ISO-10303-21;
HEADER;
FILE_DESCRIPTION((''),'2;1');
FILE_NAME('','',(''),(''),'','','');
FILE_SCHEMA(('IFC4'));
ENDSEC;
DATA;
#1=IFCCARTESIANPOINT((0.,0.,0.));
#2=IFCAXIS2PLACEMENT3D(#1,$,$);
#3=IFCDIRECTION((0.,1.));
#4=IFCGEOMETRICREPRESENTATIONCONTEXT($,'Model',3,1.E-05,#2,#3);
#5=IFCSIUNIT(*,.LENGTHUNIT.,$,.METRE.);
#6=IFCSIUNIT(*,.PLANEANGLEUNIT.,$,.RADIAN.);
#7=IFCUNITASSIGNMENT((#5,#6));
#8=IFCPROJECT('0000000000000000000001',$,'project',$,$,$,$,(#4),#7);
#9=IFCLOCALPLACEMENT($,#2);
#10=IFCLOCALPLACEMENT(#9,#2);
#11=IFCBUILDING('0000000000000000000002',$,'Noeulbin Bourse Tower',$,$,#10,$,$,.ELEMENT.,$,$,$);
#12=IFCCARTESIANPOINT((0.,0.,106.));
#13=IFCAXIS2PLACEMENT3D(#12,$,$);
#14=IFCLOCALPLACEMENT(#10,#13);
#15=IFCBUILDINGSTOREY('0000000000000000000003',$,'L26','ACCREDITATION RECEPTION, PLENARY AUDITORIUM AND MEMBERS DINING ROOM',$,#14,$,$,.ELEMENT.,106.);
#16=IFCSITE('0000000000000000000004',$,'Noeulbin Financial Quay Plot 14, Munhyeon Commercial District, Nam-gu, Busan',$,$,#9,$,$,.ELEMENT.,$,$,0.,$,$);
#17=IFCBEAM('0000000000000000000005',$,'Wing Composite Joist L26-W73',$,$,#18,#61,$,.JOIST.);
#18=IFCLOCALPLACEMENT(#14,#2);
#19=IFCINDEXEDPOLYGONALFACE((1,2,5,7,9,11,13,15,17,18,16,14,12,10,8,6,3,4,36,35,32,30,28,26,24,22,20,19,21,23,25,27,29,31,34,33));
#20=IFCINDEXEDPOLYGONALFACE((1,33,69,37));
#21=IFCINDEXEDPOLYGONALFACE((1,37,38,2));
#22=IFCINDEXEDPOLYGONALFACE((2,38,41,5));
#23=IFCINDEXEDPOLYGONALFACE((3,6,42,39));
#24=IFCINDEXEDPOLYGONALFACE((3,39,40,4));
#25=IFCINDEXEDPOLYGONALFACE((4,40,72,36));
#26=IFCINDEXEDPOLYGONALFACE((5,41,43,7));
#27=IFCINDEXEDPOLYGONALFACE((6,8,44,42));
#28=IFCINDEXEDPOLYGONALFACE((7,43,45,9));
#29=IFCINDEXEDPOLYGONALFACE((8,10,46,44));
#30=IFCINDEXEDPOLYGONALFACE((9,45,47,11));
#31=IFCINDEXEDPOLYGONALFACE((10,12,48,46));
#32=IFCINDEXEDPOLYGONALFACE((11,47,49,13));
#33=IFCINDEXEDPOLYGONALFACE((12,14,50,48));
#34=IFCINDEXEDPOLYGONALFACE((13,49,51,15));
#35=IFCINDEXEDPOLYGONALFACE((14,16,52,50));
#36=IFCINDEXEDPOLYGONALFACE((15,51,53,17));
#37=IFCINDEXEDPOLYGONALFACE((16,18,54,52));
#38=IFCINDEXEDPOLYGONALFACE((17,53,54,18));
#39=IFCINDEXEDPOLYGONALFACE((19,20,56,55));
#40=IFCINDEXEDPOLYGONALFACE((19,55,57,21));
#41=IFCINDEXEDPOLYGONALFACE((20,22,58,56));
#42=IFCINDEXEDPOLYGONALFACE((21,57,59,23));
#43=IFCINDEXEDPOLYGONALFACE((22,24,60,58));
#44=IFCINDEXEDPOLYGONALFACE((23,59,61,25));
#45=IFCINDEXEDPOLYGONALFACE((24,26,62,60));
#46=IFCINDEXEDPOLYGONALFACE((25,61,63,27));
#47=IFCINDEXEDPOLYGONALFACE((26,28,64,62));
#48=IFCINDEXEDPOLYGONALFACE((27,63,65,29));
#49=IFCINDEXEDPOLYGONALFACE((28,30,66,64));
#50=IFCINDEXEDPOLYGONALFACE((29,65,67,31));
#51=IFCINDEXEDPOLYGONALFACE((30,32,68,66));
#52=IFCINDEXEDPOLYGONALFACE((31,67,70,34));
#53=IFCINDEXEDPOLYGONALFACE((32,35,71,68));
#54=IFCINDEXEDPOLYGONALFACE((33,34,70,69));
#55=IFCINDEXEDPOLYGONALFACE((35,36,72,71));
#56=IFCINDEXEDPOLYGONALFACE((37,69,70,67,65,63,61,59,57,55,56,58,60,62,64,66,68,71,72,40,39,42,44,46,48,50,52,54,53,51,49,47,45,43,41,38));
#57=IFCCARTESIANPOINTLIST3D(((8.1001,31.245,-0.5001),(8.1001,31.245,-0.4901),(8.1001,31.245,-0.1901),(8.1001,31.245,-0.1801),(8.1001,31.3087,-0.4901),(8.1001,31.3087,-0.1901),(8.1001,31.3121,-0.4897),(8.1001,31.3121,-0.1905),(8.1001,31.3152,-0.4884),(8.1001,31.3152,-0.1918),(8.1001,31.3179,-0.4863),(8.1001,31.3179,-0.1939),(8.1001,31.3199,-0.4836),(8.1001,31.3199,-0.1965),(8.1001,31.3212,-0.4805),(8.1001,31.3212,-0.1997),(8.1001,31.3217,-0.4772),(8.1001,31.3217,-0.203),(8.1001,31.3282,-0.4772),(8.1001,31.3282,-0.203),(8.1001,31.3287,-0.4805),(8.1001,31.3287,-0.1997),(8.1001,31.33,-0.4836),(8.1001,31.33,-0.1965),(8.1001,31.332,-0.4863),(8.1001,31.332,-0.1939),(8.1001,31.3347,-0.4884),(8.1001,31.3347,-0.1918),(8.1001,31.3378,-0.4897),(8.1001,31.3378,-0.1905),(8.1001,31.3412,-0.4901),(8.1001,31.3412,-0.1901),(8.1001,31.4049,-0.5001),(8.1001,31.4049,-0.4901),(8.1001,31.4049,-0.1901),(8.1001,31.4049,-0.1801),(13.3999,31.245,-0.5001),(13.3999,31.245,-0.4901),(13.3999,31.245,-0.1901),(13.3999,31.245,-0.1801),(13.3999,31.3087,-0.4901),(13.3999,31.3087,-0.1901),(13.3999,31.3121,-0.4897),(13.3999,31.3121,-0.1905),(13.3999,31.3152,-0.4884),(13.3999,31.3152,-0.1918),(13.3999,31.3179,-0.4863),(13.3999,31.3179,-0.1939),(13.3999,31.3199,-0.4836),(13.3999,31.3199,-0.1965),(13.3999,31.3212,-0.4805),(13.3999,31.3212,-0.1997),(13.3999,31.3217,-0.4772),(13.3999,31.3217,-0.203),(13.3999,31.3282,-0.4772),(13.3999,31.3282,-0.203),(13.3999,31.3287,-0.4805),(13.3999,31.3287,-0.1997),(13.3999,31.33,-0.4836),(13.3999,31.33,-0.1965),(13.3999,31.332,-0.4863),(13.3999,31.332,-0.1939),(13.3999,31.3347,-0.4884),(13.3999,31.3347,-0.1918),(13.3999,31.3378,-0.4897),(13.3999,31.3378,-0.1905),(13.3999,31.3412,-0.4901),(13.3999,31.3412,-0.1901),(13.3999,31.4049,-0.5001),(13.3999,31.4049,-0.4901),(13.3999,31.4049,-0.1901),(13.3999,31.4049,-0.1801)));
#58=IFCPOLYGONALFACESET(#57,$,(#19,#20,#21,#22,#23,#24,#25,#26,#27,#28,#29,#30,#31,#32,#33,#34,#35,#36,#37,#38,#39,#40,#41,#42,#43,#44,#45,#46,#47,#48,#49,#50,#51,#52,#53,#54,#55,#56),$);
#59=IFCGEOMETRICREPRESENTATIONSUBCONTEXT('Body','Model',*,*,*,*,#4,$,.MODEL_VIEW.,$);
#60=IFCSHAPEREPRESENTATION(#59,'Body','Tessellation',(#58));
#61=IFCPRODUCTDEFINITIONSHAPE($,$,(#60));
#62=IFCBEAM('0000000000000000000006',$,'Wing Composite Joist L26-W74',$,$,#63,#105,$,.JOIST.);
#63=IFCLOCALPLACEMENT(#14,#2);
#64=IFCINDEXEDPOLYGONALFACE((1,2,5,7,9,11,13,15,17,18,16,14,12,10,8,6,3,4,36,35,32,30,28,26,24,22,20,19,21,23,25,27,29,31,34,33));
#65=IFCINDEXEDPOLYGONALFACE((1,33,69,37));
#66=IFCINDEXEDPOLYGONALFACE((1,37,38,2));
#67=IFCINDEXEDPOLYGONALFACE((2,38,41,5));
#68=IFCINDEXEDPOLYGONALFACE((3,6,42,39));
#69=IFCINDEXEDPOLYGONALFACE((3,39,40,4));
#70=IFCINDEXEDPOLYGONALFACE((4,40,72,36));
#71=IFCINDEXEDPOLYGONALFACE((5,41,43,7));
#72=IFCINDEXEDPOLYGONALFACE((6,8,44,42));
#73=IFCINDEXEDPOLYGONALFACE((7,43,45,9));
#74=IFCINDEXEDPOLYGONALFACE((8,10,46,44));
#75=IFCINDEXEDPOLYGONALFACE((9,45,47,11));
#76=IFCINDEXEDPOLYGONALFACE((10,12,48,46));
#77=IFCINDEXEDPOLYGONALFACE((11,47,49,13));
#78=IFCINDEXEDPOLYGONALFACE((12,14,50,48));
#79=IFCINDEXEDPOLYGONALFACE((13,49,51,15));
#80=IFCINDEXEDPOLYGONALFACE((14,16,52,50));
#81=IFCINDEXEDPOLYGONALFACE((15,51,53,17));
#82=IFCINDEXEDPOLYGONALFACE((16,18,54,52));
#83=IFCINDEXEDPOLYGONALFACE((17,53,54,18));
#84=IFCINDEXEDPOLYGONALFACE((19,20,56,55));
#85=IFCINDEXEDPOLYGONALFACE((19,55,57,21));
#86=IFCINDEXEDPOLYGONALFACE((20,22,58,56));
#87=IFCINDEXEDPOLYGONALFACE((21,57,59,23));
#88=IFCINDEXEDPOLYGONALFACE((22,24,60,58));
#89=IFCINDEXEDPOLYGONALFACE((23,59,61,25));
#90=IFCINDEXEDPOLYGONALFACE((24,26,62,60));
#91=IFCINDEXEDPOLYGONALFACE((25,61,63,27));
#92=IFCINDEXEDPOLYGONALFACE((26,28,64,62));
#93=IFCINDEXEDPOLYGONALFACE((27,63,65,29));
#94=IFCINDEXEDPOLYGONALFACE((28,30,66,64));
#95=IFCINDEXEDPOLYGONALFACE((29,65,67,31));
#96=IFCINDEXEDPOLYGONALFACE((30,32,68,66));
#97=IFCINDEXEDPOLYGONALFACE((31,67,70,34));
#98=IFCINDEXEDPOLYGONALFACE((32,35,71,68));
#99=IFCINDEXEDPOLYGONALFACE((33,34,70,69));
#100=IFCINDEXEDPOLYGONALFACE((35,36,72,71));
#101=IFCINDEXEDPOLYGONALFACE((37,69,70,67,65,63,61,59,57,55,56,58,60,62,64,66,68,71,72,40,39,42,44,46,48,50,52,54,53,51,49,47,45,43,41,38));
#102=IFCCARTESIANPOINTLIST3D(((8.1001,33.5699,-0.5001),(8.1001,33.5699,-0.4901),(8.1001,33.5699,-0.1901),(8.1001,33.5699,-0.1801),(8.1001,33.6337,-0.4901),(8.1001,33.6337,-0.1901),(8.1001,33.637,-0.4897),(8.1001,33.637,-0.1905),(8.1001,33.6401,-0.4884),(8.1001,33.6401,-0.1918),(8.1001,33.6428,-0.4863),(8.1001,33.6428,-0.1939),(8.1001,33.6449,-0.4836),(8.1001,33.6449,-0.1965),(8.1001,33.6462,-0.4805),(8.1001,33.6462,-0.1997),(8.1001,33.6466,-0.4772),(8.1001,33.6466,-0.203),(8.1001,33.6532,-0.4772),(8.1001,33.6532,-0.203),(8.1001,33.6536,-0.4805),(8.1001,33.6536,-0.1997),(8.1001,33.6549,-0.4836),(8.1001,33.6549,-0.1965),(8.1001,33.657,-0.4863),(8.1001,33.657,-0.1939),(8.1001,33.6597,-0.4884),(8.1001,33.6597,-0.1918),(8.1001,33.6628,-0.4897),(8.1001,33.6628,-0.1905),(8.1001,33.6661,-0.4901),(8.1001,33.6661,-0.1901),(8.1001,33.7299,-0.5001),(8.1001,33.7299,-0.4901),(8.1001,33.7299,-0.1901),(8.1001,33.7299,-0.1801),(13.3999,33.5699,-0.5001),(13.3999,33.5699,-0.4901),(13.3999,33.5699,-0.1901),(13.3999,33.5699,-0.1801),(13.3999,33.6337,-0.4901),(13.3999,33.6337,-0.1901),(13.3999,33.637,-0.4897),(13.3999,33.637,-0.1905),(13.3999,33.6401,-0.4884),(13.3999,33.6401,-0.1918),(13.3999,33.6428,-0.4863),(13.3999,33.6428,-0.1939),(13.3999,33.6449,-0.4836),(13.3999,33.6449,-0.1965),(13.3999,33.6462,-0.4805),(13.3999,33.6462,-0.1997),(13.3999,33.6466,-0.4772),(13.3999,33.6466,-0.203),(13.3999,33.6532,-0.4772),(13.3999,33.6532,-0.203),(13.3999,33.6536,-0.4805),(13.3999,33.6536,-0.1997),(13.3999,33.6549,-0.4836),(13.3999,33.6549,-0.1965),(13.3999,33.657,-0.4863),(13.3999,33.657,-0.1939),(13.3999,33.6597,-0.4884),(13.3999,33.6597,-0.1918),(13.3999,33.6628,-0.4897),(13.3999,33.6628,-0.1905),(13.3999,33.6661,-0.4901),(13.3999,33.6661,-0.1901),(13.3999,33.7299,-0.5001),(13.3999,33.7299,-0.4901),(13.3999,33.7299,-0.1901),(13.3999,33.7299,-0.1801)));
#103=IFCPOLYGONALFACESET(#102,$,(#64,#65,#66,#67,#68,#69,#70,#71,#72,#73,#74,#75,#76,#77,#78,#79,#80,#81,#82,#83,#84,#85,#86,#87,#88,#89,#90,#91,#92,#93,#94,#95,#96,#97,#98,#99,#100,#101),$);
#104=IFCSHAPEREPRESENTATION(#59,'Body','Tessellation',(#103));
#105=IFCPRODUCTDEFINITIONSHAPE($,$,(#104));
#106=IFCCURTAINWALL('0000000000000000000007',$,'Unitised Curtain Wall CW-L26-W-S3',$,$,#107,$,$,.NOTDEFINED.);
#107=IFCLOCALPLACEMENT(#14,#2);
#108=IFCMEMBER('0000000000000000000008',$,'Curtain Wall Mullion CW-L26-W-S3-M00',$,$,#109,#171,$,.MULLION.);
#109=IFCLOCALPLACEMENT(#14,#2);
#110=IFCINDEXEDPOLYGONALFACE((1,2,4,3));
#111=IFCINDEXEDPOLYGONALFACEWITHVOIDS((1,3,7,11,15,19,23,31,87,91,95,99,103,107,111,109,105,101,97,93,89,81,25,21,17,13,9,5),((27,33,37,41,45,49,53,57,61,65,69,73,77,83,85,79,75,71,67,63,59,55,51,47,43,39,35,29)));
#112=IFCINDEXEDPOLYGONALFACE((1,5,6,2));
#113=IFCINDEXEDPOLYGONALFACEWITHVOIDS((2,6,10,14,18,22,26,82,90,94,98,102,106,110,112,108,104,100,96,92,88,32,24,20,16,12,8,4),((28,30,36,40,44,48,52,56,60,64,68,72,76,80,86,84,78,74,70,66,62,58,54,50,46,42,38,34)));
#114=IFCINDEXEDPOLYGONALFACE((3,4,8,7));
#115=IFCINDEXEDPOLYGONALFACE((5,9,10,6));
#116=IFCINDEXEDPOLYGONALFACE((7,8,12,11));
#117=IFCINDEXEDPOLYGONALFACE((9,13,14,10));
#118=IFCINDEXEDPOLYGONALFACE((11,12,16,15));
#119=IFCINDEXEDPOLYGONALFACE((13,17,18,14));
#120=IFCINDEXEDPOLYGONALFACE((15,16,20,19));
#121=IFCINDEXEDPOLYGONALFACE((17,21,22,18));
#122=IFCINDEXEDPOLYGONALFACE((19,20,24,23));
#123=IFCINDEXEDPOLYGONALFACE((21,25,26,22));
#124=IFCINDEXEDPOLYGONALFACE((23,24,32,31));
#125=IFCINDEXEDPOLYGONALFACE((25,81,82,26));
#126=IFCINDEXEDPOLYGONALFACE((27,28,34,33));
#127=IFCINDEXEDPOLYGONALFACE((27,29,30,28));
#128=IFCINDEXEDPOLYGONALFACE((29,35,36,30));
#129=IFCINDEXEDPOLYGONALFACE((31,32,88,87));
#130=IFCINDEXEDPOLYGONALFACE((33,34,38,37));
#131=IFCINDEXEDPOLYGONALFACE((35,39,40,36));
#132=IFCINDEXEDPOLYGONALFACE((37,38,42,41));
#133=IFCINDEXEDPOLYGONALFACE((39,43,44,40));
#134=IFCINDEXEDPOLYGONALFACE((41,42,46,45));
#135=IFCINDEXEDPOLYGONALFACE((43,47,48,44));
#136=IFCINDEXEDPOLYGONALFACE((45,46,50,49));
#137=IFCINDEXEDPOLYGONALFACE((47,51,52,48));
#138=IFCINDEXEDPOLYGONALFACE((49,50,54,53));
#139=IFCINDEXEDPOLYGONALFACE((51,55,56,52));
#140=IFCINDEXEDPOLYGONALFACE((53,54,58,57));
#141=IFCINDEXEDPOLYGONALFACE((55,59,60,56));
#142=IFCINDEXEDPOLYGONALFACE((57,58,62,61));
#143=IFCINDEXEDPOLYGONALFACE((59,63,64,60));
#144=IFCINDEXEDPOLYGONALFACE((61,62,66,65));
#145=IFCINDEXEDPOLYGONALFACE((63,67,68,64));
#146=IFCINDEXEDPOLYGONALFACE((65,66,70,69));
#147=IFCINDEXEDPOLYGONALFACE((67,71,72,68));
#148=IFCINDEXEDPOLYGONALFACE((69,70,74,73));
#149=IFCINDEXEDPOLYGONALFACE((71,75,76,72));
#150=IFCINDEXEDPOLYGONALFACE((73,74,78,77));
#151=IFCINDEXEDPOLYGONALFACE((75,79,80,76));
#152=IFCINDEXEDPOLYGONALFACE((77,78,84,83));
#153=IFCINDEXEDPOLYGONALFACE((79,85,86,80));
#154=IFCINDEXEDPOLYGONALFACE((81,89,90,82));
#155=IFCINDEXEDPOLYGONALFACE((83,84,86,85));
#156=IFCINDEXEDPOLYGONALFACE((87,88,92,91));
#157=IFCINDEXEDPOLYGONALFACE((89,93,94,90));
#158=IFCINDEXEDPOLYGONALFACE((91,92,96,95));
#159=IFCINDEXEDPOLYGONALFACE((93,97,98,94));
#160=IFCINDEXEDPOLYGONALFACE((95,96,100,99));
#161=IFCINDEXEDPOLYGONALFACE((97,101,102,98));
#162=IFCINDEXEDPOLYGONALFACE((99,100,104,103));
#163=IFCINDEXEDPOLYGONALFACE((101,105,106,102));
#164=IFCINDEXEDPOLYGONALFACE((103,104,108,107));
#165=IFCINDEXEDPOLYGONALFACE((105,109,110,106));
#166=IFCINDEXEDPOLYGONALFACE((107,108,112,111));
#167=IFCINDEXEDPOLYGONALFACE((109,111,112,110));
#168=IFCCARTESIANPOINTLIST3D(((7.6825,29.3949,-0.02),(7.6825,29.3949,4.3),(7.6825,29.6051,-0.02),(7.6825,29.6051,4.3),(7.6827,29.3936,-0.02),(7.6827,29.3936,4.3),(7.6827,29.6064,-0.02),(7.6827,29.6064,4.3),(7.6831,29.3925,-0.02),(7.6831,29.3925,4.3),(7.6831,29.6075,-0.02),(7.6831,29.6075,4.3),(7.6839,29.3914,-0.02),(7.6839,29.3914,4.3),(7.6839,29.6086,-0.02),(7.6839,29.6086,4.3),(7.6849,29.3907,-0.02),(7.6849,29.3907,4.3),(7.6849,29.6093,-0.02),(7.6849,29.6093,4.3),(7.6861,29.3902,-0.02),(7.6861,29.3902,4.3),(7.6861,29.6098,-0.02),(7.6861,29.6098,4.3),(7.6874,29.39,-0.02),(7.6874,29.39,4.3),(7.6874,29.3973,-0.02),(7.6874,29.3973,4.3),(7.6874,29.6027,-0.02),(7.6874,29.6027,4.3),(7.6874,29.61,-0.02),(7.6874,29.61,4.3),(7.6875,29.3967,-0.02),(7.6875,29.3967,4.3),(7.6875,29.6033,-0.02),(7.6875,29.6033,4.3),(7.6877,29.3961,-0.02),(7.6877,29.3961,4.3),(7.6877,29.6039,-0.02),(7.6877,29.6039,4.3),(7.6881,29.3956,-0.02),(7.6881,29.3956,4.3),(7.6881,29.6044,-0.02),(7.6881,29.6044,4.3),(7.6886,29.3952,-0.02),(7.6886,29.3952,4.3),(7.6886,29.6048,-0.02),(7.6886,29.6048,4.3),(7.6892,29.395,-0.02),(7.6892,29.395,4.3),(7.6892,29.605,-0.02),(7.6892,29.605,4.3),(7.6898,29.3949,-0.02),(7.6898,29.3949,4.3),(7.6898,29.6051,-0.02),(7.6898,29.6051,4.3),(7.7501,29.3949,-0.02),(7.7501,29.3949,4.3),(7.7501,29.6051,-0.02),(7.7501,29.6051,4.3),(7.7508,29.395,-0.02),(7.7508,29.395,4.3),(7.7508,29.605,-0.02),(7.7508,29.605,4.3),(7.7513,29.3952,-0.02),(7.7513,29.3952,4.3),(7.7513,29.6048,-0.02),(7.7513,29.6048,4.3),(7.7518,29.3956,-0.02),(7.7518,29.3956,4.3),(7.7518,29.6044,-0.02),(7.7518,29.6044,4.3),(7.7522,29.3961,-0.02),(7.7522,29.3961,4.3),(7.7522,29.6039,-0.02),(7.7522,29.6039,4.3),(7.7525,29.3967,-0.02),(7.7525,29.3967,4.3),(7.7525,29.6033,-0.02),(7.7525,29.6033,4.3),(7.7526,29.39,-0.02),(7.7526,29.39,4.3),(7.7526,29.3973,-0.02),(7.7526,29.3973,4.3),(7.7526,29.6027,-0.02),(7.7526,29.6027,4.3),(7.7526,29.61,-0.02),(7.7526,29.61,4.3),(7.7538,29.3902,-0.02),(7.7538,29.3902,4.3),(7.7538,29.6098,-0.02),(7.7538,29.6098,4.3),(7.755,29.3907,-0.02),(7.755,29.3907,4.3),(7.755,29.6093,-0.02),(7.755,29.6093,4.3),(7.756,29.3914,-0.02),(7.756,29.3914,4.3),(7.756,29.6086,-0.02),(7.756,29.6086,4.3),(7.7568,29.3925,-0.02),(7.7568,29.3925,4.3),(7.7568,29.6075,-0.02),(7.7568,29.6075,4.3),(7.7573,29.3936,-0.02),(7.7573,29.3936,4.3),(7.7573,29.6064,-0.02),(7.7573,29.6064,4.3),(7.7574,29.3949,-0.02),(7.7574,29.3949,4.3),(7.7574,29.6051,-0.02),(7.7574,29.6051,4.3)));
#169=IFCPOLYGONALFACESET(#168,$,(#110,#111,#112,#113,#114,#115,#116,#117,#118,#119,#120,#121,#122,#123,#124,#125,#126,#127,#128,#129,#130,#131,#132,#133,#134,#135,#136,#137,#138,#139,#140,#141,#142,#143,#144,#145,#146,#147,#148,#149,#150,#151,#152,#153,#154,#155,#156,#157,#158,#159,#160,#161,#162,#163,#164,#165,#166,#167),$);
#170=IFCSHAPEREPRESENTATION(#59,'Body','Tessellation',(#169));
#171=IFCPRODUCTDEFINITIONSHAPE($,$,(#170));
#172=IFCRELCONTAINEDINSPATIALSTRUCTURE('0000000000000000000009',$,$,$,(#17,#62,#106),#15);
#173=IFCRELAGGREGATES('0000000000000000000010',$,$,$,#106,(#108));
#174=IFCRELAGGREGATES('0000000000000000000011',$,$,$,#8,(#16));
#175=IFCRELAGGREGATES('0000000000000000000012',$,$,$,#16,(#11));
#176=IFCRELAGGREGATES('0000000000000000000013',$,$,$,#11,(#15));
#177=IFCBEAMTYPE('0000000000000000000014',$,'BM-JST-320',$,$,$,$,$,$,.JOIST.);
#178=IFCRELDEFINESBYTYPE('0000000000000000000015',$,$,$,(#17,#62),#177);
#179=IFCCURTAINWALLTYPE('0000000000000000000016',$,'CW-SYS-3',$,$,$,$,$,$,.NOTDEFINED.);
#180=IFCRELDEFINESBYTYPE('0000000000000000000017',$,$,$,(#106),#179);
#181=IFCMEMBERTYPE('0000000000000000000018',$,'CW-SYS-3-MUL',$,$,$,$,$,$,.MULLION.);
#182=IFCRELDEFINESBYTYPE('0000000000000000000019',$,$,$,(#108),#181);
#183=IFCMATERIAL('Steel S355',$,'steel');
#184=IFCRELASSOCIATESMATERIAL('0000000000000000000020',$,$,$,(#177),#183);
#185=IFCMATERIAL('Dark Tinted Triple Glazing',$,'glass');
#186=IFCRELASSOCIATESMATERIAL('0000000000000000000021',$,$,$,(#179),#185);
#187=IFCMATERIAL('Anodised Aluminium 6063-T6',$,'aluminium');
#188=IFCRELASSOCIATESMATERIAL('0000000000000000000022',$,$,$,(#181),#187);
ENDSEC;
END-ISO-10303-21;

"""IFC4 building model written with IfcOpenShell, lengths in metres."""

from ifc_helpers import new_model, si_unit, direction, frame, origin, origin_2d, place, context, subcontext, project, spatial, hollow_rectangle, i_section, extrude, material, material_profile, profile_set, type_object, element, aggregate, save


model = new_model("IFC4")

# Units and contexts
model_context = context("Model", 3, precision=1e-05, world=origin(), true_north=direction((0.0, 1.0)))
body_context = subcontext(model_context, "Body", "Model", "MODEL_VIEW")
ifc_project = project(units=[si_unit("LENGTHUNIT", "METRE"), si_unit("PLANEANGLEUNIT", "RADIAN")], contexts=[model_context])

# Site, building, storey
site_placement = place(None, origin())
site = spatial("IfcSite", under=ifc_project, at=site_placement, Name="Noeulbin Financial Quay Plot 14, Munhyeon Commercial District, Nam-gu, Busan", CompositionType="ELEMENT", RefElevation=0.0)
building_placement = place(site_placement, origin())
building = spatial("IfcBuilding", under=site, at=building_placement, Name="Noeulbin Bourse Tower", CompositionType="ELEMENT")
storey_placement = place(building_placement, frame((0.0, 0.0, 106.0)))
storey = spatial("IfcBuildingStorey", under=building, at=storey_placement, Name="L26", Description="ACCREDITATION RECEPTION, PLENARY AUDITORIUM AND MEMBERS DINING ROOM", CompositionType="ELEMENT", Elevation=106.0)

# Beams
ifc_material_1 = material(Name="Steel S355", Category="steel")
ifc_material_profile_1 = material_profile(ifc_material_1, i_section(OverallWidth=0.1599, OverallDepth=0.3201, WebThickness=0.0066, FlangeThickness=0.01, FilletRadius=0.0129, at=origin_2d()), Name="H-320x160x6.5x10", Category="LoadBearing")
ifc_profile_set_1 = profile_set([ifc_material_profile_1], Name="Steel S355")
beam_type = type_object("IfcBeamType", Name="BM-JST-320", PredefinedType="JOIST", material=ifc_profile_set_1)
for number, where, z_axis, x_axis, name in (
    (1, (8.1001, 31.325, -0.3401), (1.0, 0.0, 0.0), (0.0, 1.0, 0.0), "Wing Composite Joist L26-W73"),
    (2, (8.1001, 33.6499, -0.3401), (1.0, 0.0, 0.0), (0.0, 1.0, 0.0), "Wing Composite Joist L26-W74"),
):
    element("IfcBeam", number, at=place(storey_placement, frame(where, z_axis=z_axis, x_axis=x_axis)), inside=storey, type_object=beam_type, Name=name, PredefinedType="JOIST", context=body_context, shape_type="SweptSolid", body=[
        extrude(i_section(OverallWidth=0.1599, OverallDepth=0.3201, WebThickness=0.0066, FlangeThickness=0.01, FilletRadius=0.0129, at=origin_2d()), origin(), (0.0, 0.0, 1.0), 5.2998),
    ])

# Curtain wall, member
ifc_material_2 = material(Name="Dark Tinted Triple Glazing", Category="glass")
curtain_wall_type = type_object("IfcCurtainWallType", Name="CW-SYS-3", PredefinedType="NOTDEFINED", material=ifc_material_2)
curtain_wall_placement = place(storey_placement, origin())
curtain_wall = element("IfcCurtainWall", 3, at=curtain_wall_placement, inside=storey, type_object=curtain_wall_type, Name="Unitised Curtain Wall CW-L26-W-S3", PredefinedType="NOTDEFINED")
ifc_material_3 = material(Name="Anodised Aluminium 6063-T6", Category="aluminium")
ifc_material_profile_2 = material_profile(ifc_material_3, hollow_rectangle(XDim=0.075, YDim=0.22, WallThickness=0.0049, InnerFilletRadius=0.0024, OuterFilletRadius=0.0049, at=origin_2d()), Name="ALU-MULL-75x220x5", Category="LoadBearing")
ifc_profile_set_2 = profile_set([ifc_material_profile_2], Name="Anodised Aluminium 6063-T6")
member_type_1 = type_object("IfcMemberType", Name="CW-SYS-3-MUL", PredefinedType="MULLION", material=ifc_profile_set_2)
member_1_placement = place(storey_placement, frame((7.72, 29.5, -0.02), z_axis=(0.0, 0.0, 1.0), x_axis=(1.0, 0.0, 0.0)))
member_1 = element("IfcMember", 4, at=member_1_placement, type_object=member_type_1, Name="Curtain Wall Mullion CW-L26-W-S3-M00", PredefinedType="MULLION", context=body_context, shape_type="SweptSolid", body=[
    extrude(hollow_rectangle(XDim=0.075, YDim=0.22, WallThickness=0.0049, InnerFilletRadius=0.0024, OuterFilletRadius=0.0049, at=origin_2d()), origin(), (0.0, 0.0, 1.0), 4.3201),
])
aggregate(curtain_wall, [member_1])

save(model, "model.ifc")
